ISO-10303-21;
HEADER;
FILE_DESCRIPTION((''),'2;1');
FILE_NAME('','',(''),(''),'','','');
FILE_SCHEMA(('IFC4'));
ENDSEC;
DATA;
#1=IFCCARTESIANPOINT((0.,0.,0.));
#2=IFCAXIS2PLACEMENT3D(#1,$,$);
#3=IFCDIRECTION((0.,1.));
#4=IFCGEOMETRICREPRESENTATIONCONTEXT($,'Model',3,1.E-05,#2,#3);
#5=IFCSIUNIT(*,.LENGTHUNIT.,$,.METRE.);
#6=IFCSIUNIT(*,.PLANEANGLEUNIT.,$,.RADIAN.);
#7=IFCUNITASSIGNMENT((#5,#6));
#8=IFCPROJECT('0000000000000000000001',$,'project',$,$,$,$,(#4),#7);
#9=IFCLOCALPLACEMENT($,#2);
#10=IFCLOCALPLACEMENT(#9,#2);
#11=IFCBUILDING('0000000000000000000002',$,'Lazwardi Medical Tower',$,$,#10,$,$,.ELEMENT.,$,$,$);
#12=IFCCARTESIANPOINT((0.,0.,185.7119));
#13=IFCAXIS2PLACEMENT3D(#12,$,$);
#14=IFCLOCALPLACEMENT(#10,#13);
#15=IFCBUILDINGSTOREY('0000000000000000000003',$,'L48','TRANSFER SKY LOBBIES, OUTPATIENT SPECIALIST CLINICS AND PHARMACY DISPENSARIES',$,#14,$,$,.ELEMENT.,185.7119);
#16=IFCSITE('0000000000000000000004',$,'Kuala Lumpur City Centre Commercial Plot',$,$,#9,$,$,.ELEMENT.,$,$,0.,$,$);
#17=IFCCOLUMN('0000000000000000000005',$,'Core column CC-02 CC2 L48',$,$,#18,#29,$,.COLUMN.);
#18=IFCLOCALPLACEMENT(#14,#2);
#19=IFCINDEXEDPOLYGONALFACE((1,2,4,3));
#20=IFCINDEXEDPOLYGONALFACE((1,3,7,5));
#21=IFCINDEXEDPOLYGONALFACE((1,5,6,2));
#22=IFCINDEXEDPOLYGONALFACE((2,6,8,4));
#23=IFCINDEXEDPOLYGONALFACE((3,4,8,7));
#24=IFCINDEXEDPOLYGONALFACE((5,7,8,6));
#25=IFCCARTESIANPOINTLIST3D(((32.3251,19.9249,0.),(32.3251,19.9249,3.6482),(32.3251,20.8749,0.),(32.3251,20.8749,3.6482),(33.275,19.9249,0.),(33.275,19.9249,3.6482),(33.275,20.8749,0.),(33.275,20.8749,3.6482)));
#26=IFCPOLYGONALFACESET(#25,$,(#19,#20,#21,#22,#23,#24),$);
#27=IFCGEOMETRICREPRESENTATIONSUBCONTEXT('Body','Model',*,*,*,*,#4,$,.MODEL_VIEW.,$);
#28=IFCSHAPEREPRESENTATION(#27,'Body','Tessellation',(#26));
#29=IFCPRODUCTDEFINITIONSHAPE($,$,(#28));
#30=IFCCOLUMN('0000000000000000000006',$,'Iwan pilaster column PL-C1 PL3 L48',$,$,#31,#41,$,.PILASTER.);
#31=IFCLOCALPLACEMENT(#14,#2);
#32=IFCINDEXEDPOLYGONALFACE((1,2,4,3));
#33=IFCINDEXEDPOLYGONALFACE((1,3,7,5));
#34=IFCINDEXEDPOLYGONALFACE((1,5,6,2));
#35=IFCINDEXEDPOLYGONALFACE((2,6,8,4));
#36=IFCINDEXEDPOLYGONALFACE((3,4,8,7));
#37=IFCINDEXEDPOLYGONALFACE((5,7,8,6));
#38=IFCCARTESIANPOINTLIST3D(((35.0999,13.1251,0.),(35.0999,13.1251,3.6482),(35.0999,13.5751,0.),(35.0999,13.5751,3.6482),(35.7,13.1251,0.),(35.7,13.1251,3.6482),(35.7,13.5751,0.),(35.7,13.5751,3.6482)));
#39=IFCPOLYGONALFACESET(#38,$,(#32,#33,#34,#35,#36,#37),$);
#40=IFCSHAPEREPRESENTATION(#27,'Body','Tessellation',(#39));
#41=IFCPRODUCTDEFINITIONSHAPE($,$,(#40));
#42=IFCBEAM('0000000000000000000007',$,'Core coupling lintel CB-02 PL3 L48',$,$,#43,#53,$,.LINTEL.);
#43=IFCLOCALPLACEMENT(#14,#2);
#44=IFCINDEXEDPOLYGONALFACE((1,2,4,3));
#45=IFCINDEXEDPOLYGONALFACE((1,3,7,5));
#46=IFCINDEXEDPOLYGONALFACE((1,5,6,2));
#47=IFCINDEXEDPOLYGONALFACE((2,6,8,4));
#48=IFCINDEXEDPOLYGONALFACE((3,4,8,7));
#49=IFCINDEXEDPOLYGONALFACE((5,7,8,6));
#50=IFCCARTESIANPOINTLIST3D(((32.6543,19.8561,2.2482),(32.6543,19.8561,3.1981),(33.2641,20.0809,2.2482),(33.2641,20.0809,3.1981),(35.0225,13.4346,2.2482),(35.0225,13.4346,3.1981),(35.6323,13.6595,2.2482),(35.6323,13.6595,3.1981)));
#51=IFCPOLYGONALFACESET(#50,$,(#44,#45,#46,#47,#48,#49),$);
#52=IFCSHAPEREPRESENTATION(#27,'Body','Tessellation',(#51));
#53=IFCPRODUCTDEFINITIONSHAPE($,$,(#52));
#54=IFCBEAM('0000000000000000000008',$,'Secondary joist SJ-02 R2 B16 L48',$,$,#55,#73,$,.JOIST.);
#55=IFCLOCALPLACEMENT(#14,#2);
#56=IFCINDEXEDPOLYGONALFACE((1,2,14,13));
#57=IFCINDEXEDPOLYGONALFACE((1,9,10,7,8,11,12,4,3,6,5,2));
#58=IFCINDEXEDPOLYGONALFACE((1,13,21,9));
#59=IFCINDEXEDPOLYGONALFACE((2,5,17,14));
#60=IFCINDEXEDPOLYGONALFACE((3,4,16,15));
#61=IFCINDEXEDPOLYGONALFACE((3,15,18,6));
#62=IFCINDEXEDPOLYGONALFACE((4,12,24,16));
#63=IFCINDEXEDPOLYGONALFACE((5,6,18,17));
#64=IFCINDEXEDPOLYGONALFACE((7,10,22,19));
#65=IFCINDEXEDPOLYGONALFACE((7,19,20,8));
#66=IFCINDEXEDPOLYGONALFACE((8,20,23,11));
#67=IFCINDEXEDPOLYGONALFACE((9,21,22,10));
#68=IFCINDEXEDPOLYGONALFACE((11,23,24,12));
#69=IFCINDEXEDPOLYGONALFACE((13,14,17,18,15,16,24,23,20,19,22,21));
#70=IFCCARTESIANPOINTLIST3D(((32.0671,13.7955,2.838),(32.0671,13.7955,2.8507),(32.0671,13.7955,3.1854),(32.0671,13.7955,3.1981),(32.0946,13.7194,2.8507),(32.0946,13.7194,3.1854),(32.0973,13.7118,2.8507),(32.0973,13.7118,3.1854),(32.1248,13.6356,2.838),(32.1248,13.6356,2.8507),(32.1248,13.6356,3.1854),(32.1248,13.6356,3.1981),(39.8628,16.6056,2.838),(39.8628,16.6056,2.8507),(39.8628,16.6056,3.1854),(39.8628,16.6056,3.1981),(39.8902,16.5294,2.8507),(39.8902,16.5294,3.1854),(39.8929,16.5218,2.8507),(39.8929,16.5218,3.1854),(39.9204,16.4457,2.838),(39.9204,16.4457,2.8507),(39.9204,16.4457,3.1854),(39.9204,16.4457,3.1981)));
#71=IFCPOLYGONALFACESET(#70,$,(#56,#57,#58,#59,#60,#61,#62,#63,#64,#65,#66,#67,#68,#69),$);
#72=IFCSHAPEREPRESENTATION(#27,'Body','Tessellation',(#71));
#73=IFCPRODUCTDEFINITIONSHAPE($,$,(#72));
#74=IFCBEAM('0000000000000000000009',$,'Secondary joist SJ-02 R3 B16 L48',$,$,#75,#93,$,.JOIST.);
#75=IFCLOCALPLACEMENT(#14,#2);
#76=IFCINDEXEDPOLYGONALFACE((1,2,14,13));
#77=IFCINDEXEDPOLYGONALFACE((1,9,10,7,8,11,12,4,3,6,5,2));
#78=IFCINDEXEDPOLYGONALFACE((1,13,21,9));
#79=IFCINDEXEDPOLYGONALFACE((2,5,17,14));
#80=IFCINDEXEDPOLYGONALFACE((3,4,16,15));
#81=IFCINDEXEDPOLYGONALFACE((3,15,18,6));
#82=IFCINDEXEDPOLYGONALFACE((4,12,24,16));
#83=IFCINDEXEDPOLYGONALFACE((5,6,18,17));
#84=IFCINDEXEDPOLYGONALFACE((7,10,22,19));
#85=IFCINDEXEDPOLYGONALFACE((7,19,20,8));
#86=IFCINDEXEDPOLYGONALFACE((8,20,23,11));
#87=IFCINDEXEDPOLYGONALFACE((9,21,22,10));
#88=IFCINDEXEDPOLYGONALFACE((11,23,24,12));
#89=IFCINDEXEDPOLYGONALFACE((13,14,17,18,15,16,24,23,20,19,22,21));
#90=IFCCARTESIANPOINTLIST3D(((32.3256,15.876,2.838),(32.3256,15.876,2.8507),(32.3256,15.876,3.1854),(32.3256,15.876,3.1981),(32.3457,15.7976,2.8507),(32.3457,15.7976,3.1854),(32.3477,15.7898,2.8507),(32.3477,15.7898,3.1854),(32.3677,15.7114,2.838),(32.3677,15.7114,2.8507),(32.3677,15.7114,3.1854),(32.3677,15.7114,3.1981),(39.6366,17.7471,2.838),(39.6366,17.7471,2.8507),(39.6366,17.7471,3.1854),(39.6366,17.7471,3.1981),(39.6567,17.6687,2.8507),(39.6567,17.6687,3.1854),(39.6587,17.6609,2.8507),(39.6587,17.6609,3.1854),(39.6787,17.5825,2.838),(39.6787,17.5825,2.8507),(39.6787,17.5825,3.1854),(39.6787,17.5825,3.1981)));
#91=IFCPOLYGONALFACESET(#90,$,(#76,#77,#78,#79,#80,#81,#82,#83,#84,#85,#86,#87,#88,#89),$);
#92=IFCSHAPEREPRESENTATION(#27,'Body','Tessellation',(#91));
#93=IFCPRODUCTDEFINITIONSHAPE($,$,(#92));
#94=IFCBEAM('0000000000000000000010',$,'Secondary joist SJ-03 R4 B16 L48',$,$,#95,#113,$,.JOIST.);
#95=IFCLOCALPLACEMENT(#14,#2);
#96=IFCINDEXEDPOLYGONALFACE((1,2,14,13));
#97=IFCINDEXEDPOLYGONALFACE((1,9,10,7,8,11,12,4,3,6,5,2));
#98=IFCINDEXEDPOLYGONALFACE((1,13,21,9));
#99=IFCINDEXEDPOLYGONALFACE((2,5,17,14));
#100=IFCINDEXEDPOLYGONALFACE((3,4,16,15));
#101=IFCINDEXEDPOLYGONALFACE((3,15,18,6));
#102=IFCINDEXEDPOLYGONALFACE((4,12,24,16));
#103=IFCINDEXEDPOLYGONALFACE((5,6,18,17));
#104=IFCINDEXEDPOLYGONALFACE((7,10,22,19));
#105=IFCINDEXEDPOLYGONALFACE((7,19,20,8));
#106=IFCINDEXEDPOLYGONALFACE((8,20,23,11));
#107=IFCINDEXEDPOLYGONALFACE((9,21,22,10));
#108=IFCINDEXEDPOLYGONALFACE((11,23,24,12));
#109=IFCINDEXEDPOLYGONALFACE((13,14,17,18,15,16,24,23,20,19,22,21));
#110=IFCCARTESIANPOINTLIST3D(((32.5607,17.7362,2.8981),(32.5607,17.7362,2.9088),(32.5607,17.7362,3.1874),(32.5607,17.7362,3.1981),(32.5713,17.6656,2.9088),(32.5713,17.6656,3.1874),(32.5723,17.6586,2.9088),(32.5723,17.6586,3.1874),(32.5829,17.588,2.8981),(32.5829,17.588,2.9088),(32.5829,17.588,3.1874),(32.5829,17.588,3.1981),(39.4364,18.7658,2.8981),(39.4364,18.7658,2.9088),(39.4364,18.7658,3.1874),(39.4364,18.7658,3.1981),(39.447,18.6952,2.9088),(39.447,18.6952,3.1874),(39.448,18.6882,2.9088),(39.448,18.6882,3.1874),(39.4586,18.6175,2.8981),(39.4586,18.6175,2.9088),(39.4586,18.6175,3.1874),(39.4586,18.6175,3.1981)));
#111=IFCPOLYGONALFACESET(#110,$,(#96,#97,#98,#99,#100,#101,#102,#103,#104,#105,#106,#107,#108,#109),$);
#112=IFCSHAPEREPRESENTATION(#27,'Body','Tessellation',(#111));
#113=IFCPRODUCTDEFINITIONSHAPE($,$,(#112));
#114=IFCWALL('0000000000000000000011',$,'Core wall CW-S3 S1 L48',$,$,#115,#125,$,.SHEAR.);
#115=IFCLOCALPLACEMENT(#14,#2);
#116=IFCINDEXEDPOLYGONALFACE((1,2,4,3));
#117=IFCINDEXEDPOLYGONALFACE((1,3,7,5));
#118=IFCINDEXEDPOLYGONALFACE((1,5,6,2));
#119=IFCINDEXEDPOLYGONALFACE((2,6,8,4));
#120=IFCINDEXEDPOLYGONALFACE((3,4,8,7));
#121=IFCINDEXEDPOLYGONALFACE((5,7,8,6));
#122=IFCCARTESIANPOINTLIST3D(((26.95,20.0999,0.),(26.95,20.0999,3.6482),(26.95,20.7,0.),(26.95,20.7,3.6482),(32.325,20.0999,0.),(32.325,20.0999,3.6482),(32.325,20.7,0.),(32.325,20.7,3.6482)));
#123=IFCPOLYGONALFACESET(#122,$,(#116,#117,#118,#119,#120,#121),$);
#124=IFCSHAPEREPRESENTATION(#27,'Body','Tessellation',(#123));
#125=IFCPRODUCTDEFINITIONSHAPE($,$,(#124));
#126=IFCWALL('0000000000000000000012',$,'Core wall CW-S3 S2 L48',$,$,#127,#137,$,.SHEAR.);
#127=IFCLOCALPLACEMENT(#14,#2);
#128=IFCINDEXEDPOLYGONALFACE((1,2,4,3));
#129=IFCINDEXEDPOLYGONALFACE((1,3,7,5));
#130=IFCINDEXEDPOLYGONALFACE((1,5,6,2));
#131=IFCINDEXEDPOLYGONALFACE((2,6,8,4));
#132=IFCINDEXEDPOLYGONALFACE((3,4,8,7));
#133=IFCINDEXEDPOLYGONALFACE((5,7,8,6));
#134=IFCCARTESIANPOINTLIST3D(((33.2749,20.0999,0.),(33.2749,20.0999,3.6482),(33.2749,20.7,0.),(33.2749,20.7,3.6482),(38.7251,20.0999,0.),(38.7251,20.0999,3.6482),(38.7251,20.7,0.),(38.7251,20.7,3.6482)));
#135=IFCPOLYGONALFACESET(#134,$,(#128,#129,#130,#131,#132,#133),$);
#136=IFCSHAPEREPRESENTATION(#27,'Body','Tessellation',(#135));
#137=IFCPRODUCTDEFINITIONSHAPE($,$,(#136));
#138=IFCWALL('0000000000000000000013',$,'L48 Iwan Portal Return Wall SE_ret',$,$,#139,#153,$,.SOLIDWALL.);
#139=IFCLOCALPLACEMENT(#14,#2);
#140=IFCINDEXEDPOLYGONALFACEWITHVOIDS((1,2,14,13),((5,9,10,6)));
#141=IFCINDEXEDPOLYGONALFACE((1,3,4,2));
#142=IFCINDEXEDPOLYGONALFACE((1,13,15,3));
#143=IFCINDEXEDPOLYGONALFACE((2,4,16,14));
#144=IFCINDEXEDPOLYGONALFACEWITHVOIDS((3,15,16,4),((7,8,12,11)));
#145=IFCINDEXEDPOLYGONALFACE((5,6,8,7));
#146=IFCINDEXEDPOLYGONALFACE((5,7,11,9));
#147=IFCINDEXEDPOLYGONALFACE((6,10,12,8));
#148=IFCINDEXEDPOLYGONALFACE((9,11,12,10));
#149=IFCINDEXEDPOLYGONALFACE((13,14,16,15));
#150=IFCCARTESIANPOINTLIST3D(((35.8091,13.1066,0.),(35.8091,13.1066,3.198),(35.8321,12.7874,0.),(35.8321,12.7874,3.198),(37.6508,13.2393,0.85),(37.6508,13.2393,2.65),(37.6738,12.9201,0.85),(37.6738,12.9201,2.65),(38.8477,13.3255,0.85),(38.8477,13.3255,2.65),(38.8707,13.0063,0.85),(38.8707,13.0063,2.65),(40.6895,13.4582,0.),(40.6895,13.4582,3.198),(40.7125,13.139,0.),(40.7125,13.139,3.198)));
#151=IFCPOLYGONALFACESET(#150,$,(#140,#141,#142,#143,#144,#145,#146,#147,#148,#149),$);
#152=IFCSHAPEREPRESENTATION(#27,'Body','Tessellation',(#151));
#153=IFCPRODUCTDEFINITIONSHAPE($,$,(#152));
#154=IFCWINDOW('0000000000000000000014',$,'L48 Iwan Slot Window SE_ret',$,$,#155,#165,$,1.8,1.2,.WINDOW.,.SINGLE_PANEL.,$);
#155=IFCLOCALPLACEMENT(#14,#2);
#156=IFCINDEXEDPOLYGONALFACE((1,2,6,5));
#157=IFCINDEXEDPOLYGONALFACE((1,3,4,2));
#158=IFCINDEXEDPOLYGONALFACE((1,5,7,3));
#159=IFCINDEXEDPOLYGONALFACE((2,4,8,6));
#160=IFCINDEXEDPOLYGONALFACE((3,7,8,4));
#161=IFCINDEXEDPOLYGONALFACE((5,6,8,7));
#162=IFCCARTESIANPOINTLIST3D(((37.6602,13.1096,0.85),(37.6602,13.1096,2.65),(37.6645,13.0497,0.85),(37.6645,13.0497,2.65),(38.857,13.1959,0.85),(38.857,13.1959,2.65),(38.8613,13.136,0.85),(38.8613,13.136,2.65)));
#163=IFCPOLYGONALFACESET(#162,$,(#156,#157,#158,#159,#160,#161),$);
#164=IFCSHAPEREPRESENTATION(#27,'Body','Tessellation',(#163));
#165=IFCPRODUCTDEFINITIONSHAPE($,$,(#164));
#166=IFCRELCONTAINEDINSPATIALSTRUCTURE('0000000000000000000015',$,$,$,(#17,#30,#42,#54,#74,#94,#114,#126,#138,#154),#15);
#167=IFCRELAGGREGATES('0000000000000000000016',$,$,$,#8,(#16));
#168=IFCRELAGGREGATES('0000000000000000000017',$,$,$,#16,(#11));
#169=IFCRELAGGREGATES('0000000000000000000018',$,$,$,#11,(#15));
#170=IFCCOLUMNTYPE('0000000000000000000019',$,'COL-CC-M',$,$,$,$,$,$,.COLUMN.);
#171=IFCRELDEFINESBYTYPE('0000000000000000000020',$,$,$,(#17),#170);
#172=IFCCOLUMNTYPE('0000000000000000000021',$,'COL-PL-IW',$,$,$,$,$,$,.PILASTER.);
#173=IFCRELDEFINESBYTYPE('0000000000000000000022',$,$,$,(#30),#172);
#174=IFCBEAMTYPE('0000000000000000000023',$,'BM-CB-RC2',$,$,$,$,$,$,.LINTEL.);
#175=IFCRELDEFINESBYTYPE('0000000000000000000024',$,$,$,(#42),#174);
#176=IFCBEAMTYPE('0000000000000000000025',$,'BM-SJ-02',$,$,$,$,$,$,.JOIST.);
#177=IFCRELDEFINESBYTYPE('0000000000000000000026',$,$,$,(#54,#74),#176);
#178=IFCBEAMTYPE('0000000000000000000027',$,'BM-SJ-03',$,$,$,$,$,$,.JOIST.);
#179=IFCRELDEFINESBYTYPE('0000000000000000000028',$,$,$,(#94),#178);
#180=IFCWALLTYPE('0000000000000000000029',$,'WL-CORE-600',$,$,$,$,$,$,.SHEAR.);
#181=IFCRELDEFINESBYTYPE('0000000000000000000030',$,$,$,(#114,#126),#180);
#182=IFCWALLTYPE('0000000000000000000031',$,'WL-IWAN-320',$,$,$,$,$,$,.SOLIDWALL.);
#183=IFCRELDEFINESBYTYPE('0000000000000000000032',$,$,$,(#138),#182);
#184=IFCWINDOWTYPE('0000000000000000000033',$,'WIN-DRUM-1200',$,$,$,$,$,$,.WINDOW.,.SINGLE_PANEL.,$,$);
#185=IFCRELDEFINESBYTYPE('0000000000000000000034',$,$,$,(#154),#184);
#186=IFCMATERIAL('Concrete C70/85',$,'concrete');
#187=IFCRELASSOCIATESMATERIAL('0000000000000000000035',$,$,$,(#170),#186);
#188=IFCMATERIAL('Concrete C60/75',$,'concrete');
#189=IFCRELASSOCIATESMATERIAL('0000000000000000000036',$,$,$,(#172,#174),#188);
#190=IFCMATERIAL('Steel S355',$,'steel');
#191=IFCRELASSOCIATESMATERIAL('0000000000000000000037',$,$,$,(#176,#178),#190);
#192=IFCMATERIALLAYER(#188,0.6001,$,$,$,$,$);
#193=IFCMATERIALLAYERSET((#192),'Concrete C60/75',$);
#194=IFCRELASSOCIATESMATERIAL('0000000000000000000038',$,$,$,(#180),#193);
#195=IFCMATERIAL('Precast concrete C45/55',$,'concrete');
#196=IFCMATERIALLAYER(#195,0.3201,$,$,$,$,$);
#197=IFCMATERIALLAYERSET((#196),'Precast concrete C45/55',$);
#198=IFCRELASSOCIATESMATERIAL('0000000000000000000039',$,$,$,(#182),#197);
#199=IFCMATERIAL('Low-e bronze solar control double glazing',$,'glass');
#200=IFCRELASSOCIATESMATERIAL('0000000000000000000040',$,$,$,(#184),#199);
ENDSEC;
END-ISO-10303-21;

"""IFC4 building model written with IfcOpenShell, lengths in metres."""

from ifc_helpers import new_model, si_unit, direction, frame, frame_2d, origin, origin_2d, place, context, subcontext, project, spatial, rectangle, i_section, extrude, material, layer, layer_set, material_profile, profile_set, type_object, element, fill, save


model = new_model("IFC4")

# Units and contexts
model_context = context("Model", 3, precision=1e-05, world=origin(), true_north=direction((0.0, 1.0)))
body_context = subcontext(model_context, "Body", "Model", "MODEL_VIEW")
ifc_project = project(units=[si_unit("LENGTHUNIT", "METRE"), si_unit("PLANEANGLEUNIT", "RADIAN")], contexts=[model_context])

# Site, building, storey
site_placement = place(None, origin())
site = spatial("IfcSite", under=ifc_project, at=site_placement, Name="Kuala Lumpur City Centre Commercial Plot", CompositionType="ELEMENT", RefElevation=0.0)
building_placement = place(site_placement, origin())
building = spatial("IfcBuilding", under=site, at=building_placement, Name="Lazwardi Medical Tower", CompositionType="ELEMENT")
storey_placement = place(building_placement, frame((0.0, 0.0, 185.7119)))
storey = spatial("IfcBuildingStorey", under=building, at=storey_placement, Name="L48", Description="TRANSFER SKY LOBBIES, OUTPATIENT SPECIALIST CLINICS AND PHARMACY DISPENSARIES", CompositionType="ELEMENT", Elevation=185.7119)

# Columns
ifc_material_1 = material(Name="Concrete C70/85", Category="concrete")
ifc_material_profile_1 = material_profile(ifc_material_1, rectangle(XDim=0.95, YDim=0.95, at=origin_2d()), Name="RC 950x950")
ifc_profile_set_1 = profile_set([ifc_material_profile_1], Name="Concrete C70/85")
column_type_1 = type_object("IfcColumnType", Name="COL-CC-M", PredefinedType="COLUMN", material=ifc_profile_set_1)
column_1_placement = place(storey_placement, frame((32.8, 20.3999, 0.0), z_axis=(0.0, 0.0, 1.0), x_axis=(1.0, 0.0, 0.0)))
element("IfcColumn", 1, at=column_1_placement, inside=storey, type_object=column_type_1, Name="Core column CC-02 CC2 L48", PredefinedType="COLUMN", context=body_context, shape_type="SweptSolid", body=[
    extrude(rectangle(XDim=0.95, YDim=0.95, at=origin_2d()), origin(), (0.0, 0.0, 1.0), 3.6482),
])
ifc_material_2 = material(Name="Concrete C60/75", Category="concrete")
ifc_material_profile_2 = material_profile(ifc_material_2, rectangle(XDim=0.6001, YDim=0.45, at=origin_2d()), Name="RC 600x450")
ifc_profile_set_2 = profile_set([ifc_material_profile_2], Name="Concrete C60/75")
column_type_2 = type_object("IfcColumnType", Name="COL-PL-IW", PredefinedType="PILASTER", material=ifc_profile_set_2)
column_2_placement = place(storey_placement, frame((35.3999, 13.3501, 0.0), z_axis=(0.0, 0.0, 1.0), x_axis=(1.0, 0.0, 0.0)))
element("IfcColumn", 2, at=column_2_placement, inside=storey, type_object=column_type_2, Name="Iwan pilaster column PL-C1 PL3 L48", PredefinedType="PILASTER", context=body_context, shape_type="SweptSolid", body=[
    extrude(rectangle(XDim=0.6001, YDim=0.45, at=origin_2d()), origin(), (0.0, 0.0, 1.0), 3.6482),
])

# Beams
ifc_material_profile_3 = material_profile(ifc_material_2, rectangle(XDim=0.6499, YDim=0.95, at=origin_2d()), Name="RC 650x950")
ifc_profile_set_3 = profile_set([ifc_material_profile_3], Name="Concrete C60/75")
beam_type_1 = type_object("IfcBeamType", Name="BM-CB-RC2", PredefinedType="LINTEL", material=ifc_profile_set_3)
beam_1_placement = place(storey_placement, frame((32.9592, 19.9685, 2.7231), z_axis=(0.346013, -0.93823, 0.0), x_axis=(0.93823, 0.346013, 0.0)))
element("IfcBeam", 3, at=beam_1_placement, inside=storey, type_object=beam_type_1, Name="Core coupling lintel CB-02 PL3 L48", PredefinedType="LINTEL", context=body_context, shape_type="SweptSolid", body=[
    extrude(rectangle(XDim=0.6499, YDim=0.95, at=origin_2d()), origin(), (0.0, 0.0, 1.0), 6.8442),
])
ifc_material_3 = material(Name="Steel S355", Category="steel")
ifc_material_profile_4 = material_profile(ifc_material_3, i_section(OverallWidth=0.1699, OverallDepth=0.3601, WebThickness=0.0081, FlangeThickness=0.0127, at=origin_2d()), Name="IPE 360")
ifc_profile_set_4 = profile_set([ifc_material_profile_4], Name="Steel S355")
beam_type_2 = type_object("IfcBeamType", Name="BM-SJ-02", PredefinedType="JOIST", material=ifc_profile_set_4)
beam_2_placement = place(storey_placement, frame((32.0959, 13.7156, 3.0181), z_axis=(0.940748, 0.339106, 0.0), x_axis=(-0.339106, 0.940748, 0.0)))
element("IfcBeam", 4, at=beam_2_placement, inside=storey, type_object=beam_type_2, Name="Secondary joist SJ-02 R2 B16 L48", PredefinedType="JOIST", context=body_context, shape_type="SweptSolid", body=[
    extrude(i_section(OverallWidth=0.1699, OverallDepth=0.3601, WebThickness=0.0081, FlangeThickness=0.0127, at=origin_2d()), origin(), (0.0, 0.0, 1.0), 8.2866),
])
beam_3_placement = place(storey_placement, frame((32.3467, 15.7937, 3.0181), z_axis=(0.968776, 0.247936, 0.0), x_axis=(-0.247936, 0.968776, 0.0)))
element("IfcBeam", 5, at=beam_3_placement, inside=storey, type_object=beam_type_2, Name="Secondary joist SJ-02 R3 B16 L48", PredefinedType="JOIST", context=body_context, shape_type="SweptSolid", body=[
    extrude(i_section(OverallWidth=0.1699, OverallDepth=0.3601, WebThickness=0.0081, FlangeThickness=0.0127, at=origin_2d()), origin(), (0.0, 0.0, 1.0), 7.5466),
])
ifc_material_profile_5 = material_profile(ifc_material_3, i_section(OverallWidth=0.1499, OverallDepth=0.3, WebThickness=0.0071, FlangeThickness=0.0107, at=origin_2d()), Name="IPE 300")
ifc_profile_set_5 = profile_set([ifc_material_profile_5], Name="Steel S355")
beam_type_3 = type_object("IfcBeamType", Name="BM-SJ-03", PredefinedType="JOIST", material=ifc_profile_set_5)
beam_4_placement = place(storey_placement, frame((32.5718, 17.6621, 3.0481), z_axis=(0.988975, 0.148085, 0.0), x_axis=(-0.148085, 0.988975, 0.0)))
element("IfcBeam", 6, at=beam_4_placement, inside=storey, type_object=beam_type_3, Name="Secondary joist SJ-03 R4 B16 L48", PredefinedType="JOIST", context=body_context, shape_type="SweptSolid", body=[
    extrude(i_section(OverallWidth=0.1499, OverallDepth=0.3, WebThickness=0.0071, FlangeThickness=0.0107, at=origin_2d()), origin(), (0.0, 0.0, 1.0), 6.9524),
])

# Walls
ifc_layer_1 = layer(ifc_material_2, 0.6001)
ifc_layer_set_1 = layer_set([ifc_layer_1], Name="Concrete C60/75")
wall_type_1 = type_object("IfcWallType", Name="WL-CORE-600", PredefinedType="SHEAR", material=ifc_layer_set_1)
wall_1_placement = place(storey_placement, frame((26.95, 20.3999, 0.0), z_axis=(0.0, 0.0, 1.0), x_axis=(1.0, 0.0, 0.0)))
element("IfcWall", 7, at=wall_1_placement, inside=storey, type_object=wall_type_1, Name="Core wall CW-S3 S1 L48", PredefinedType="SHEAR", context=body_context, shape_type="SweptSolid", body=[
    extrude(rectangle(XDim=5.375, YDim=0.6001, at=frame_2d((2.6875, 0.0))), origin(), (0.0, 0.0, 1.0), 3.6482),
])
wall_2_placement = place(storey_placement, frame((33.2749, 20.3999, 0.0), z_axis=(0.0, 0.0, 1.0), x_axis=(1.0, 0.0, 0.0)))
element("IfcWall", 8, at=wall_2_placement, inside=storey, type_object=wall_type_1, Name="Core wall CW-S3 S2 L48", PredefinedType="SHEAR", context=body_context, shape_type="SweptSolid", body=[
    extrude(rectangle(XDim=5.4502, YDim=0.6001, at=frame_2d((2.7251, 0.0))), origin(), (0.0, 0.0, 1.0), 3.6482),
])

# Wall, opening, window
ifc_material_4 = material(Name="Precast concrete C45/55", Category="concrete")
ifc_layer_2 = layer(ifc_material_4, 0.3201)
ifc_layer_set_2 = layer_set([ifc_layer_2], Name="Precast concrete C45/55")
wall_type_2 = type_object("IfcWallType", Name="WL-IWAN-320", PredefinedType="SOLIDWALL", material=ifc_layer_set_2)
wall_3_placement = place(storey_placement, frame((35.8206, 12.947, 0.0), z_axis=(0.0, 0.0, 1.0), x_axis=(0.997415, 0.07185, 0.0)))
wall_3 = element("IfcWall", 9, at=wall_3_placement, inside=storey, type_object=wall_type_2, Name="L48 Iwan Portal Return Wall SE_ret", PredefinedType="SOLIDWALL", context=body_context, shape_type="SweptSolid", body=[
    extrude(rectangle(XDim=4.8931, YDim=0.3201, at=frame_2d((2.4465, 0.0))), origin(), (0.0, 0.0, 1.0), 3.198),
])
opening_1_placement = place(wall_3_placement, frame((1.8464, 0.0, 0.8501)))
opening_1 = element("IfcOpeningElement", 10, at=opening_1_placement, cuts=wall_3, PredefinedType="OPENING", context=body_context, shape_type="SweptSolid", body=[
    extrude(rectangle(XDim=1.2, YDim=1.8, at=frame_2d((0.6001, 0.8999))), frame((0.0, 0.1699, 0.0), z_axis=(0.0, -1.0, 0.0), x_axis=(1.0, 0.0, 0.0)), (0.0, 0.0, 1.0), 0.3401),
])
ifc_material_5 = material(Name="Low-e bronze solar control double glazing", Category="glass")
window_type = type_object("IfcWindowType", Name="WIN-DRUM-1200", PartitioningType="SINGLE_PANEL", PredefinedType="WINDOW", material=ifc_material_5)
window_placement = place(opening_1_placement, origin())
window = element("IfcWindow", 11, at=window_placement, inside=storey, type_object=window_type, Name="L48 Iwan Slot Window SE_ret", OverallHeight=1.8, OverallWidth=1.2, PartitioningType="SINGLE_PANEL", PredefinedType="WINDOW", context=body_context, shape_type="SweptSolid", body=[
    extrude(rectangle(XDim=1.2, YDim=1.8, at=frame_2d((0.6001, 0.8999))), frame((0.0, 0.03, 0.0), z_axis=(0.0, -1.0, 0.0), x_axis=(1.0, 0.0, 0.0)), (0.0, 0.0, 1.0), 0.0601),
])
fill(opening_1, window)

save(model, "model.ifc")
